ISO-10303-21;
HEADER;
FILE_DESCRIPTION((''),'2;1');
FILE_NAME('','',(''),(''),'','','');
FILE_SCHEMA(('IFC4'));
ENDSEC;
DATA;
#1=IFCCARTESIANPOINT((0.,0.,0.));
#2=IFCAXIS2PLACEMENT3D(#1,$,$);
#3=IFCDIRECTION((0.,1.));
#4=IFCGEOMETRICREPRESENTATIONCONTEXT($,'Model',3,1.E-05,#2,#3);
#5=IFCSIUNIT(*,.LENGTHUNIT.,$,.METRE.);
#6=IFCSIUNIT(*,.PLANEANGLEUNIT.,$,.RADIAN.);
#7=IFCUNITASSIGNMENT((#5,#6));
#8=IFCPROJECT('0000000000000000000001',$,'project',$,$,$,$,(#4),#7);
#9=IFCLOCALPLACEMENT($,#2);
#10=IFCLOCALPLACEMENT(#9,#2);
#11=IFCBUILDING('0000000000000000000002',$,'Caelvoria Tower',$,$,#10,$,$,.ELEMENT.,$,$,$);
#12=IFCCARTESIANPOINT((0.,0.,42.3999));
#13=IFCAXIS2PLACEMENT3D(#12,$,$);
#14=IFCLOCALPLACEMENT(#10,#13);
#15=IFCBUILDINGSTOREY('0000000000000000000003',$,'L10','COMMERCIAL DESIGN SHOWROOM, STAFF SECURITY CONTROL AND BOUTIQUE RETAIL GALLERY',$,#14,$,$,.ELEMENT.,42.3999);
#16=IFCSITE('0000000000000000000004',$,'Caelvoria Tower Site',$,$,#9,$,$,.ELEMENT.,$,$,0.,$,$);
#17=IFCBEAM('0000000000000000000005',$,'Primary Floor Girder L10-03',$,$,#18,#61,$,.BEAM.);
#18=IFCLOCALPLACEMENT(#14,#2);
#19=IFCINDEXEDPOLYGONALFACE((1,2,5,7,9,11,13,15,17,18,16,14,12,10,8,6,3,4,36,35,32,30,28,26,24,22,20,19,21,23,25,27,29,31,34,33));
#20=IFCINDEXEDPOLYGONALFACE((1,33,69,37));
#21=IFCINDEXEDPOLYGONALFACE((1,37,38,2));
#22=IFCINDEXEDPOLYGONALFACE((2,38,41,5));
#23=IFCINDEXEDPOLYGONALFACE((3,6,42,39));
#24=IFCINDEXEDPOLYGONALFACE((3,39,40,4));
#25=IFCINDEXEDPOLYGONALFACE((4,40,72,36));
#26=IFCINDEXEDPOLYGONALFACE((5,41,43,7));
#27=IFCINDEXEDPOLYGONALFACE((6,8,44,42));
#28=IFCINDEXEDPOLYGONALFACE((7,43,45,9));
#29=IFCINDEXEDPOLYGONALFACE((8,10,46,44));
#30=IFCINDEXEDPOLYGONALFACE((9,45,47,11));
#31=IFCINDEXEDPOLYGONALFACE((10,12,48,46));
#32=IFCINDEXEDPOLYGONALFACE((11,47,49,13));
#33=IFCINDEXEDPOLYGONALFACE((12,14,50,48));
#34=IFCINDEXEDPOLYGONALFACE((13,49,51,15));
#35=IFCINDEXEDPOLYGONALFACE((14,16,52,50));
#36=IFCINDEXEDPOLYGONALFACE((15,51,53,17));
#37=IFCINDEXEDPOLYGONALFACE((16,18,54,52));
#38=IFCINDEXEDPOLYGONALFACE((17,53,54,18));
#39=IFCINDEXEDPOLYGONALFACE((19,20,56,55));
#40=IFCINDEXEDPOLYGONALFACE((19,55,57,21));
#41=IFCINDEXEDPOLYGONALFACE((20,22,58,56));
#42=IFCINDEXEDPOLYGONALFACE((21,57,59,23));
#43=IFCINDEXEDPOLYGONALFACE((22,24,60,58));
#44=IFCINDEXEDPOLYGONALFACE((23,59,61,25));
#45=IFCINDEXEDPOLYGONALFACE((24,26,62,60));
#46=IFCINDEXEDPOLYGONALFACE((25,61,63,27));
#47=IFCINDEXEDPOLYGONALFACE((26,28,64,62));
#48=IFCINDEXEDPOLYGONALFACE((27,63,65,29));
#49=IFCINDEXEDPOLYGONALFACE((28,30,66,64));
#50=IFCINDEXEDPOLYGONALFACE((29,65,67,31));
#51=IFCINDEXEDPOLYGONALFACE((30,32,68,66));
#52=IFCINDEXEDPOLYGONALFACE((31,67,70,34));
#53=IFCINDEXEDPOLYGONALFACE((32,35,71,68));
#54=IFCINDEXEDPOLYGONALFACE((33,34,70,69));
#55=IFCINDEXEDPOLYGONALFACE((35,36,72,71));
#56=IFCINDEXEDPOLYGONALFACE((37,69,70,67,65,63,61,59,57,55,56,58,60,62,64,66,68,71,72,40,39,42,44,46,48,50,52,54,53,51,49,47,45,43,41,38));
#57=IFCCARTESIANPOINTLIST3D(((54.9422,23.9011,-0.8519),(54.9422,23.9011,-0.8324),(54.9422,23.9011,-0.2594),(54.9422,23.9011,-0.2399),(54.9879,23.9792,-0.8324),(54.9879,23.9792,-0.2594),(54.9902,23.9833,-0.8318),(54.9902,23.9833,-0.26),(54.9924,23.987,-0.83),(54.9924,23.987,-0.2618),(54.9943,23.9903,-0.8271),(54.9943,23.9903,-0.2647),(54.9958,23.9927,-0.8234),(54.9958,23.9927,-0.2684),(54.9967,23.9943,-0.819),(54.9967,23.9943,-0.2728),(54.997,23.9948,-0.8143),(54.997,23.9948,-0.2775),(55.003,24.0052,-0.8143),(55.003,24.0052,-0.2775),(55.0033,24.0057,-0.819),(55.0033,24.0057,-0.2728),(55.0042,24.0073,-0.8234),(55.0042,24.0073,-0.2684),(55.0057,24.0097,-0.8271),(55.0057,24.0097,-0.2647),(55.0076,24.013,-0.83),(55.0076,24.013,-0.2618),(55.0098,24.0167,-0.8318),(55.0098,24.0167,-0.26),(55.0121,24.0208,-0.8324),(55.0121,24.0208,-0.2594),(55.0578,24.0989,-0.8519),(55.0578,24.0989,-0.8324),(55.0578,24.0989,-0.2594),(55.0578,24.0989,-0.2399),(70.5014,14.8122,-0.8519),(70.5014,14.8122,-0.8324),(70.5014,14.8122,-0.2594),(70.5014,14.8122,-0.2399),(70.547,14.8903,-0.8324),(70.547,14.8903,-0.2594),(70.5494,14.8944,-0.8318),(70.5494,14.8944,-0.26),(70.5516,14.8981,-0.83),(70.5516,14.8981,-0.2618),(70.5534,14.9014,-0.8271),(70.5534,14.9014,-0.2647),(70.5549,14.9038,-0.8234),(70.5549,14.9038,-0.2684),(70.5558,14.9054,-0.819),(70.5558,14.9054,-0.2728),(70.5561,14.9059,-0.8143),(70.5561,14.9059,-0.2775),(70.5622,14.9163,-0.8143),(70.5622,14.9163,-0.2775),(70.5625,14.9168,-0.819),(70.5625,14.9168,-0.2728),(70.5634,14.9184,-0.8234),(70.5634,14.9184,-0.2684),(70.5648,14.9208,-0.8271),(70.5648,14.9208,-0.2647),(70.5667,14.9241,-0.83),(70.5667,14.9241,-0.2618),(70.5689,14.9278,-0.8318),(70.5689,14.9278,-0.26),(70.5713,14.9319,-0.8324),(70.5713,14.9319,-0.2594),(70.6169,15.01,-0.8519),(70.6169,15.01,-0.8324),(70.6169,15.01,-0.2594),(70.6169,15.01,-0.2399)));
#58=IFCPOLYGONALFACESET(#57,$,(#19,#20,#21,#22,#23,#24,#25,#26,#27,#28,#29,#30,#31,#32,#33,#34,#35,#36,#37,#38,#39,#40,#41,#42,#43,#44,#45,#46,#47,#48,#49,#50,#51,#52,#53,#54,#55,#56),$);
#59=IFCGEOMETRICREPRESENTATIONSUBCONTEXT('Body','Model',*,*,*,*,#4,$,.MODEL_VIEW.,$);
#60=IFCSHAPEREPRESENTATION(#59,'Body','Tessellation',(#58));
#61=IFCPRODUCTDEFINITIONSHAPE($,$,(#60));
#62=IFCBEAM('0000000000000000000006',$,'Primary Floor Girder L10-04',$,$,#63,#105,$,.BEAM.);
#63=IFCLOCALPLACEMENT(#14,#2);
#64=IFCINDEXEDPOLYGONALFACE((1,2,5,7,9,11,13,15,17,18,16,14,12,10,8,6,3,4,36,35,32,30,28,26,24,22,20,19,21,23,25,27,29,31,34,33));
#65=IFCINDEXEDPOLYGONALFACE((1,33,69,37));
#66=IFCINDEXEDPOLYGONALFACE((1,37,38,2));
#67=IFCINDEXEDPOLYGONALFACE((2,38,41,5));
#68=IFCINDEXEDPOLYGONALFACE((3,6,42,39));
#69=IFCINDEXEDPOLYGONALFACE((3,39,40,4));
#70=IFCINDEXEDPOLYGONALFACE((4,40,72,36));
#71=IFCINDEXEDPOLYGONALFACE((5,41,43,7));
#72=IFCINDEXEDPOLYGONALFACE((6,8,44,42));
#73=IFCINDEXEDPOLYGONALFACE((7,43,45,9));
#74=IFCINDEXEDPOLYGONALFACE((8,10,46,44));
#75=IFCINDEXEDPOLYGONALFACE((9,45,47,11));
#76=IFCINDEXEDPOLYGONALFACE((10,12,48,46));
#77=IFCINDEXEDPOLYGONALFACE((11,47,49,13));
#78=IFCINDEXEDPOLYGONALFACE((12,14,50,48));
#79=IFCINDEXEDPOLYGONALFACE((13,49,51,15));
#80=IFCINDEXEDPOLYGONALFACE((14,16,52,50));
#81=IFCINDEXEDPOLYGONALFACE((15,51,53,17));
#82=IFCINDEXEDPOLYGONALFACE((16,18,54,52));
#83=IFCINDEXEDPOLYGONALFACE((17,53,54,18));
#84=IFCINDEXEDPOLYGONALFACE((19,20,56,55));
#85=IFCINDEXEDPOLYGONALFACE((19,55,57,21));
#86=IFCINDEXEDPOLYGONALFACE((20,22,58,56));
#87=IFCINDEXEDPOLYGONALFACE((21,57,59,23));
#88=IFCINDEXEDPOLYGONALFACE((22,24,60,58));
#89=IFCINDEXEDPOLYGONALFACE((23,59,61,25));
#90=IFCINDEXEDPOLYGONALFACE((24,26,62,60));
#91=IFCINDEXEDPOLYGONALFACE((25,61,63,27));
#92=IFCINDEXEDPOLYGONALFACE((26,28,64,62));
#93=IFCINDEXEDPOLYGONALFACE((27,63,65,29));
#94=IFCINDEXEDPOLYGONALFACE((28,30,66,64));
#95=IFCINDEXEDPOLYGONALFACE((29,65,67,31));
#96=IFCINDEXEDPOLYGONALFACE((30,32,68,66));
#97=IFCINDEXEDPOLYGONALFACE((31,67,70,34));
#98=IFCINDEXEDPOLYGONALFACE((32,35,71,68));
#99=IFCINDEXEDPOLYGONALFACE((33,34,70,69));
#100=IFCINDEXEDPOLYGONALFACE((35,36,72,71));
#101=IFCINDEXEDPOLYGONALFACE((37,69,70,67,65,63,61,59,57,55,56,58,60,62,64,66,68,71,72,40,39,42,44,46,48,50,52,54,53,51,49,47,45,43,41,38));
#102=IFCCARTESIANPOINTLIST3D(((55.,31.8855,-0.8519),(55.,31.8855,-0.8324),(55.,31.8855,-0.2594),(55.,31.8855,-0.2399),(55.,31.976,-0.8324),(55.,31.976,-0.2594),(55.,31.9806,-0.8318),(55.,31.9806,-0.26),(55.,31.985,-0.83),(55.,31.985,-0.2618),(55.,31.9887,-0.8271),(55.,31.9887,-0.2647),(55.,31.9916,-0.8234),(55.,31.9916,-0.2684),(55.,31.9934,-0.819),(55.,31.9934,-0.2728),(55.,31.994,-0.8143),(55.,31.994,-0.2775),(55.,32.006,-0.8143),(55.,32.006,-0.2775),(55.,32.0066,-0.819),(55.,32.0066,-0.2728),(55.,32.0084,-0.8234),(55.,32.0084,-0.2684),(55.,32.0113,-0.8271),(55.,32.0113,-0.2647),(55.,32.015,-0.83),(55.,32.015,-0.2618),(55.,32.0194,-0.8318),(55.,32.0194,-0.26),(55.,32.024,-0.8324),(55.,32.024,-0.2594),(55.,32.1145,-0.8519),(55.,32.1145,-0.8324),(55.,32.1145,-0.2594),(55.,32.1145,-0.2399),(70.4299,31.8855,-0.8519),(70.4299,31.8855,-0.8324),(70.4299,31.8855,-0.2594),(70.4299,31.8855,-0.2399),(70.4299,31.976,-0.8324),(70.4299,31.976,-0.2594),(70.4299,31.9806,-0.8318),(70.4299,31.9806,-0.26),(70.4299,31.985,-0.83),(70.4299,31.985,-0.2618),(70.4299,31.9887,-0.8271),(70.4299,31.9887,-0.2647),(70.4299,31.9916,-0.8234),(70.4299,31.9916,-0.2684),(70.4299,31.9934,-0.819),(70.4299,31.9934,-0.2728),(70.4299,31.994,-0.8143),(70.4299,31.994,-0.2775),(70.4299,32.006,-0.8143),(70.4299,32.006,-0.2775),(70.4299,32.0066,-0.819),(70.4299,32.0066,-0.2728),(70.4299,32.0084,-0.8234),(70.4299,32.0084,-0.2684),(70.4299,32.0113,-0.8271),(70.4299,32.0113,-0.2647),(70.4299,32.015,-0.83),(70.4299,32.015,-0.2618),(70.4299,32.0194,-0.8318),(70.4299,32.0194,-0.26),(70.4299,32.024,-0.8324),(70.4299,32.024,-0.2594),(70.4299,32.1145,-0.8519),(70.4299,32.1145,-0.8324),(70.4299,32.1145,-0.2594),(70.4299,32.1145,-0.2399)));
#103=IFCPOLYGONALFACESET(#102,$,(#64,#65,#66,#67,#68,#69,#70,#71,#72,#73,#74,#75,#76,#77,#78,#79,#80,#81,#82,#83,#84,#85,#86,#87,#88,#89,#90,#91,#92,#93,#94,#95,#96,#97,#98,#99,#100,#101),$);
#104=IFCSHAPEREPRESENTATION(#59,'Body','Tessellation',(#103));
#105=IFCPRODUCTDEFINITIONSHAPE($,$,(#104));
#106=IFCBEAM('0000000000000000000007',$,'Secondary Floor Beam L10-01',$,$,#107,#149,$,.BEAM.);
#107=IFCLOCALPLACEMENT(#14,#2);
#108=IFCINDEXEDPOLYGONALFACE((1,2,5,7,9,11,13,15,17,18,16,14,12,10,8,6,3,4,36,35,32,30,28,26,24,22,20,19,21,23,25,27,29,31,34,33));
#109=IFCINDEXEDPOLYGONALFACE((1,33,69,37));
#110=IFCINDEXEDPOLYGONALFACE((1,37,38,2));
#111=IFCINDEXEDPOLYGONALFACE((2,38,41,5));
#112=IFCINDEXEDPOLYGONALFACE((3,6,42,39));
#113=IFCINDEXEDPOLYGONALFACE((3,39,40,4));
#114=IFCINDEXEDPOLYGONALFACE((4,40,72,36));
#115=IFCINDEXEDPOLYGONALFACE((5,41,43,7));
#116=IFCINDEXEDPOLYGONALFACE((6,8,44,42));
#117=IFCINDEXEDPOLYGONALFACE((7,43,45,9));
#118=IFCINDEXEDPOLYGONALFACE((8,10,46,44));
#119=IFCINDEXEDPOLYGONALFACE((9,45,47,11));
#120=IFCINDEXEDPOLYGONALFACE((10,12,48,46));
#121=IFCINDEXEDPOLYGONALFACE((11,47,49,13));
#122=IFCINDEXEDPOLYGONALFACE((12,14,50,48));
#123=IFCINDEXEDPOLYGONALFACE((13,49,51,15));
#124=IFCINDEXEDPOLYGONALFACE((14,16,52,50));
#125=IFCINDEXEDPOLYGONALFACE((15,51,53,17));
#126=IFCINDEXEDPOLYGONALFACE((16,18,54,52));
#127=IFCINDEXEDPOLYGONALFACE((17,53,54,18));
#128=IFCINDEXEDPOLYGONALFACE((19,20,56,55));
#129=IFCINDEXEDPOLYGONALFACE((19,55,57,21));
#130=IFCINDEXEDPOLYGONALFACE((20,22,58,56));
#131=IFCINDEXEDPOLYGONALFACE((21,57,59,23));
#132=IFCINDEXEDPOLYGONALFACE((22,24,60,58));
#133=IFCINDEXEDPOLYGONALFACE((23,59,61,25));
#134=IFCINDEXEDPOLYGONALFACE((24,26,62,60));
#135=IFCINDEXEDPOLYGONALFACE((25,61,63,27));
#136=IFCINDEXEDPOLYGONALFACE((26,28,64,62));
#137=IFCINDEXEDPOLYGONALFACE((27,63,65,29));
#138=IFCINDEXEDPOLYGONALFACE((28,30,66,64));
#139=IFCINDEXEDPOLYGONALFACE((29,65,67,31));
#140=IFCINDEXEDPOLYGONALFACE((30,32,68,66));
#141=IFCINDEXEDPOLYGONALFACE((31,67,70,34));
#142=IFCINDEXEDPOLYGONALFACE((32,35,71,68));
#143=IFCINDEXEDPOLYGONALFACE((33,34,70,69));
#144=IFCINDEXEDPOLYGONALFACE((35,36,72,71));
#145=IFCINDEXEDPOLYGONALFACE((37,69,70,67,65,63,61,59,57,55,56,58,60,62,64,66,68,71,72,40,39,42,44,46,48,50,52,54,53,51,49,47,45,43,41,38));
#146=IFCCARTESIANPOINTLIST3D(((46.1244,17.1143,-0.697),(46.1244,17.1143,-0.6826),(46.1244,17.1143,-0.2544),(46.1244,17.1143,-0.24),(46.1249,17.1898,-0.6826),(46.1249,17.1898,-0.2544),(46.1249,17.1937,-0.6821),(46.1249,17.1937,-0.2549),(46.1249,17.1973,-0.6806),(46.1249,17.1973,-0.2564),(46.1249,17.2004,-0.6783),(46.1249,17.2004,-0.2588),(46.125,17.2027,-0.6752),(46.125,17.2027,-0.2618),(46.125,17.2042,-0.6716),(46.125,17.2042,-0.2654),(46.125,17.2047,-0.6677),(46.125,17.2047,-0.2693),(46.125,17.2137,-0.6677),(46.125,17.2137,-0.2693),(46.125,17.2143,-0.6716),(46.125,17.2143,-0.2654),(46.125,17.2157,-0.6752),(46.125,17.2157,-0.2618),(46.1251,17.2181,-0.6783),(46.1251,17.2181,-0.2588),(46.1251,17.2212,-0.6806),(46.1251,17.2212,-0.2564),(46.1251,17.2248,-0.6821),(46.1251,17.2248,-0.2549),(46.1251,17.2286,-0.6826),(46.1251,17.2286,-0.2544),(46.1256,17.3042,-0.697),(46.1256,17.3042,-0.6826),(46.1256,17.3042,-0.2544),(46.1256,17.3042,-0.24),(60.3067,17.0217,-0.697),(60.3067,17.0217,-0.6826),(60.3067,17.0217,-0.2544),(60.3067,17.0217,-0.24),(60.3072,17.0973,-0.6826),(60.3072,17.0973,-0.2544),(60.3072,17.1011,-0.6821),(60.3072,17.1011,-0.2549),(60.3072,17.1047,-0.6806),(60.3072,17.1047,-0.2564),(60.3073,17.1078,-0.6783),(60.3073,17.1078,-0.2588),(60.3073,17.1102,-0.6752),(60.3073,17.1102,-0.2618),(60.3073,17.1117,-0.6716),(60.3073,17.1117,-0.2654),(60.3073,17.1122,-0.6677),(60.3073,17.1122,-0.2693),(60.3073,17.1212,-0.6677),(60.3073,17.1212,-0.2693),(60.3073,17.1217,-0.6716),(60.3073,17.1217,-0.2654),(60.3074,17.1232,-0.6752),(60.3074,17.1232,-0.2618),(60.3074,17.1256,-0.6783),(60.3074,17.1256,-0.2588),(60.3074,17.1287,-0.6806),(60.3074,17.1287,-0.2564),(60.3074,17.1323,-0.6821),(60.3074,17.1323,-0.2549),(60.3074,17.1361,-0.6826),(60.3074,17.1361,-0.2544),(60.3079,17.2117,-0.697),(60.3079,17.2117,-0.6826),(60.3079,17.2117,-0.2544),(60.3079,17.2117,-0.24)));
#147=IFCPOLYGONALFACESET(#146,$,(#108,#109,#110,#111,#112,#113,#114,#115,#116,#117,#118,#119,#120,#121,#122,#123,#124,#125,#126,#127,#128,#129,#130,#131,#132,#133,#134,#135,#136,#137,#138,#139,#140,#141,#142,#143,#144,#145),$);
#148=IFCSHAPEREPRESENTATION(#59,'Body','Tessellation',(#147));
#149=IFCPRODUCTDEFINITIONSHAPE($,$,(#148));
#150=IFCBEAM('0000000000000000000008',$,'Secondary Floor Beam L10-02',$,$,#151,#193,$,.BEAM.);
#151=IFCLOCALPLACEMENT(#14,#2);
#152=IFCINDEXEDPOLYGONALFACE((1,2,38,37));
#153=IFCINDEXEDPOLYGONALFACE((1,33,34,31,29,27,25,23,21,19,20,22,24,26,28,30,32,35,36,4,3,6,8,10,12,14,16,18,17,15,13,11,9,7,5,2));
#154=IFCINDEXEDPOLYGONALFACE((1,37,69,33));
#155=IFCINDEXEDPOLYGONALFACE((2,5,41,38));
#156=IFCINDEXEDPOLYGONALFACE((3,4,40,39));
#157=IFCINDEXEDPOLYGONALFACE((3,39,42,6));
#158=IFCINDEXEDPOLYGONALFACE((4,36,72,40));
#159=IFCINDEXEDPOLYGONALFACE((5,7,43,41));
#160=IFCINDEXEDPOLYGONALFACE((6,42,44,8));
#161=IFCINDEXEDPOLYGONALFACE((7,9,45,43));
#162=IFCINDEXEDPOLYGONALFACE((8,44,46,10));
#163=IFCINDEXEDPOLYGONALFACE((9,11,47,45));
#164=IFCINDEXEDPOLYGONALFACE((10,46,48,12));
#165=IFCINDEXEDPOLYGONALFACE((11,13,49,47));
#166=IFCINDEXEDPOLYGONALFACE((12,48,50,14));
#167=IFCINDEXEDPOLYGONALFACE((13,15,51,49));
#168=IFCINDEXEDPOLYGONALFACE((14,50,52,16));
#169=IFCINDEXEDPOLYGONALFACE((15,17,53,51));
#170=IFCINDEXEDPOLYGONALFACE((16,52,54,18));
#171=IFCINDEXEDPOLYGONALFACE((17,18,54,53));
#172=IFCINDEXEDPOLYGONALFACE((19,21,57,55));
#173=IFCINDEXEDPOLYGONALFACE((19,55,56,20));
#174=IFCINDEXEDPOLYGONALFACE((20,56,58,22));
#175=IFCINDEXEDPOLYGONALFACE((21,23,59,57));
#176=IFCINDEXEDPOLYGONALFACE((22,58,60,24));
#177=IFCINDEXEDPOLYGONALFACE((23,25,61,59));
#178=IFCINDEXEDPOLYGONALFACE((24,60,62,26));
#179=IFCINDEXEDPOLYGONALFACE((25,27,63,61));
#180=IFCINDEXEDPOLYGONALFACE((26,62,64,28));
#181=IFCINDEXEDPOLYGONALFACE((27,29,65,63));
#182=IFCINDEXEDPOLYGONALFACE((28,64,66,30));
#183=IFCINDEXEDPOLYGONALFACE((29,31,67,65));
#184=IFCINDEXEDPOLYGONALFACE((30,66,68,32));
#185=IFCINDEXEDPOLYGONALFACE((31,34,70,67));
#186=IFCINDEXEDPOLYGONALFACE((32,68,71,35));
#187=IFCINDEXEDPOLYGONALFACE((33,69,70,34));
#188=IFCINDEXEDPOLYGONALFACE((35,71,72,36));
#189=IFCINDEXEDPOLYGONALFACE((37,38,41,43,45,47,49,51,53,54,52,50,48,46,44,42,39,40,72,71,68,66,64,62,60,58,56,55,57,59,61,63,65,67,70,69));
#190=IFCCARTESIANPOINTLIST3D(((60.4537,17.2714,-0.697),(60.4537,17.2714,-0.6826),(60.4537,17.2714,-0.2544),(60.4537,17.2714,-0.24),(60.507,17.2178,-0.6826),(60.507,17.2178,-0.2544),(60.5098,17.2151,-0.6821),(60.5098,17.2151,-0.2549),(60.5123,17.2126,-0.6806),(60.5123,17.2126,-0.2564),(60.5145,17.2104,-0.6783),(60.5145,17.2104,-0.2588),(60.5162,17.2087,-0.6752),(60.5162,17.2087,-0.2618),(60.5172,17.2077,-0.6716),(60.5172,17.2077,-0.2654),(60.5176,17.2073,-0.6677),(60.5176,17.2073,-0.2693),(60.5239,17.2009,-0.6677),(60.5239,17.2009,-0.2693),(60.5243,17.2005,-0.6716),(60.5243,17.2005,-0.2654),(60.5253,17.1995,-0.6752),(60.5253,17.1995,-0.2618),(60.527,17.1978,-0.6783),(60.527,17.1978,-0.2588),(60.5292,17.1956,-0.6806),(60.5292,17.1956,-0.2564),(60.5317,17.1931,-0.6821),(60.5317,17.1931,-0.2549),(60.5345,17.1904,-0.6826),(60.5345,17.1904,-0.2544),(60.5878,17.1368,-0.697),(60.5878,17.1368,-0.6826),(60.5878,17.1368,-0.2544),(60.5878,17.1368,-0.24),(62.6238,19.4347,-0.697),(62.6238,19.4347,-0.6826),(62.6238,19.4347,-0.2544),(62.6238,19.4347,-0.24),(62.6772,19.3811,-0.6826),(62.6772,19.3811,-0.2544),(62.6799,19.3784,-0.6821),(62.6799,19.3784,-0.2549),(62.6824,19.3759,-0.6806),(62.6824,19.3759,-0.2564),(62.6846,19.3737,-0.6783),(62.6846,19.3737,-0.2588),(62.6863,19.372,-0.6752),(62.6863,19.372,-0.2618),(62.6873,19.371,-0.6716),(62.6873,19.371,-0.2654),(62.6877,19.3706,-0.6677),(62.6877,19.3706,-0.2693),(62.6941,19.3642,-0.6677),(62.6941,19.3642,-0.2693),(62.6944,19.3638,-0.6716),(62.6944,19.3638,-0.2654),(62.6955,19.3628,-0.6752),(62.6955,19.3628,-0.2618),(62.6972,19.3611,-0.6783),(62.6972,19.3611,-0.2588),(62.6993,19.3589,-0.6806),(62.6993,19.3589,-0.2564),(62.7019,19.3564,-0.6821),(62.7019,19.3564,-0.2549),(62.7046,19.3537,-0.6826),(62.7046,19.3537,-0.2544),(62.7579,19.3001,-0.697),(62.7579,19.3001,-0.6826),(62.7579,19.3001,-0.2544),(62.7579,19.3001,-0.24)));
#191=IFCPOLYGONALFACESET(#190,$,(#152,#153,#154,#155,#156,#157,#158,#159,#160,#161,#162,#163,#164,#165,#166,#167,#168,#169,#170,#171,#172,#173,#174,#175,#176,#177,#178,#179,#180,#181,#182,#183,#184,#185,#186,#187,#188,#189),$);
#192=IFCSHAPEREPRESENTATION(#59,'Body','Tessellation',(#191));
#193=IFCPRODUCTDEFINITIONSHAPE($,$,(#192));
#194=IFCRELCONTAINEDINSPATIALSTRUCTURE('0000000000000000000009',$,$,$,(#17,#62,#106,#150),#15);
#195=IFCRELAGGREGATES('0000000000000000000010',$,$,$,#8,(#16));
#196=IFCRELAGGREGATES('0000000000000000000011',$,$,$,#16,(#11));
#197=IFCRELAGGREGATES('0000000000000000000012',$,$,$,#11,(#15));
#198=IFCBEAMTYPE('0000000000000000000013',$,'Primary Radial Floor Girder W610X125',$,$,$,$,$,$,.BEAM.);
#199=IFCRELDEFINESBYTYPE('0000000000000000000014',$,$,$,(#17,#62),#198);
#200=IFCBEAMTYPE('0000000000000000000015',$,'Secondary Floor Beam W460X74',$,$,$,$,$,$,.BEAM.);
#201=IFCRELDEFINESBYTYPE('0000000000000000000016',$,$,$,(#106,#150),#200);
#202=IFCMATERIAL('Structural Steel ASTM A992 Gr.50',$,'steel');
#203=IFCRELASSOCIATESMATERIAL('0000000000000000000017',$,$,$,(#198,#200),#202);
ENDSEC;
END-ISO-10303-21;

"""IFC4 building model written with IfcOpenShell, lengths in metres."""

from ifc_helpers import new_model, si_unit, direction, frame, origin, origin_2d, place, context, subcontext, project, spatial, i_section, extrude, material, material_profile, profile_set, type_object, element, save


model = new_model("IFC4")

# Units and contexts
model_context = context("Model", 3, precision=1e-05, world=origin(), true_north=direction((0.0, 1.0)))
body_context = subcontext(model_context, "Body", "Model", "MODEL_VIEW")
ifc_project = project(units=[si_unit("LENGTHUNIT", "METRE"), si_unit("PLANEANGLEUNIT", "RADIAN")], contexts=[model_context])

# Site, building, storey
site_placement = place(None, origin())
site = spatial("IfcSite", under=ifc_project, at=site_placement, Name="Caelvoria Tower Site", CompositionType="ELEMENT", RefElevation=0.0)
building_placement = place(site_placement, origin())
building = spatial("IfcBuilding", under=site, at=building_placement, Name="Caelvoria Tower", CompositionType="ELEMENT")
storey_placement = place(building_placement, frame((0.0, 0.0, 42.3999)))
storey = spatial("IfcBuildingStorey", under=building, at=storey_placement, Name="L10", Description="COMMERCIAL DESIGN SHOWROOM, STAFF SECURITY CONTROL AND BOUTIQUE RETAIL GALLERY", CompositionType="ELEMENT", Elevation=42.3999)

# Beams
ifc_material_1 = material(Name="Structural Steel ASTM A992 Gr.50", Category="steel")
ifc_material_profile_1 = material_profile(ifc_material_1, i_section(OverallWidth=0.229, OverallDepth=0.6121, WebThickness=0.012, FlangeThickness=0.0195, FilletRadius=0.0181, at=origin_2d()), Name="Structural Steel ASTM A992 Gr.50")
ifc_profile_set_1 = profile_set([ifc_material_profile_1], Name="W610X125 - Structural Steel ASTM A992 Gr.50")
beam_type_1 = type_object("IfcBeamType", Name="Primary Radial Floor Girder W610X125", PredefinedType="BEAM", material=ifc_profile_set_1)
beam_1_placement = place(storey_placement, frame((55.0, 24.0, -0.5459), z_axis=(0.863471, -0.504398, 0.0), x_axis=(0.504398, 0.863471, 0.0)))
element("IfcBeam", 1, at=beam_1_placement, inside=storey, type_object=beam_type_1, Name="Primary Floor Girder L10-03", PredefinedType="BEAM", context=body_context, shape_type="SweptSolid", body=[
    extrude(i_section(OverallWidth=0.229, OverallDepth=0.6121, WebThickness=0.012, FlangeThickness=0.0195, FilletRadius=0.0181, at=origin_2d()), origin(), (0.0, 0.0, 1.0), 18.0193),
])
beam_2_placement = place(storey_placement, frame((55.0, 32.0, -0.5459), z_axis=(1.0, 0.0, 0.0), x_axis=(0.0, 1.0, 0.0)))
element("IfcBeam", 2, at=beam_2_placement, inside=storey, type_object=beam_type_1, Name="Primary Floor Girder L10-04", PredefinedType="BEAM", context=body_context, shape_type="SweptSolid", body=[
    extrude(i_section(OverallWidth=0.229, OverallDepth=0.6121, WebThickness=0.012, FlangeThickness=0.0195, FilletRadius=0.0181, at=origin_2d()), origin(), (0.0, 0.0, 1.0), 15.4299),
])
ifc_material_profile_2 = material_profile(ifc_material_1, i_section(OverallWidth=0.1899, OverallDepth=0.457, WebThickness=0.009, FlangeThickness=0.0144, FilletRadius=0.0149, at=origin_2d()), Name="Structural Steel ASTM A992 Gr.50")
ifc_profile_set_2 = profile_set([ifc_material_profile_2], Name="W460X74 - Structural Steel ASTM A992 Gr.50")
beam_type_2 = type_object("IfcBeamType", Name="Secondary Floor Beam W460X74", PredefinedType="BEAM", material=ifc_profile_set_2)
beam_3_placement = place(storey_placement, frame((46.125, 17.2092, -0.4685), z_axis=(0.999979, -0.006524, 0.0), x_axis=(0.006524, 0.999979, 0.0)))
element("IfcBeam", 3, at=beam_3_placement, inside=storey, type_object=beam_type_2, Name="Secondary Floor Beam L10-01", PredefinedType="BEAM", context=body_context, shape_type="SweptSolid", body=[
    extrude(i_section(OverallWidth=0.1899, OverallDepth=0.457, WebThickness=0.009, FlangeThickness=0.0144, FilletRadius=0.0149, at=origin_2d()), origin(), (0.0, 0.0, 1.0), 14.1826),
])
beam_4_placement = place(storey_placement, frame((60.5208, 17.2041, -0.4685), z_axis=(0.708221, 0.70599, 0.0), x_axis=(-0.70599, 0.708221, 0.0)))
element("IfcBeam", 4, at=beam_4_placement, inside=storey, type_object=beam_type_2, Name="Secondary Floor Beam L10-02", PredefinedType="BEAM", context=body_context, shape_type="SweptSolid", body=[
    extrude(i_section(OverallWidth=0.1899, OverallDepth=0.457, WebThickness=0.009, FlangeThickness=0.0144, FilletRadius=0.0149, at=origin_2d()), origin(), (0.0, 0.0, 1.0), 3.0642),
])

save(model, "model.ifc")
